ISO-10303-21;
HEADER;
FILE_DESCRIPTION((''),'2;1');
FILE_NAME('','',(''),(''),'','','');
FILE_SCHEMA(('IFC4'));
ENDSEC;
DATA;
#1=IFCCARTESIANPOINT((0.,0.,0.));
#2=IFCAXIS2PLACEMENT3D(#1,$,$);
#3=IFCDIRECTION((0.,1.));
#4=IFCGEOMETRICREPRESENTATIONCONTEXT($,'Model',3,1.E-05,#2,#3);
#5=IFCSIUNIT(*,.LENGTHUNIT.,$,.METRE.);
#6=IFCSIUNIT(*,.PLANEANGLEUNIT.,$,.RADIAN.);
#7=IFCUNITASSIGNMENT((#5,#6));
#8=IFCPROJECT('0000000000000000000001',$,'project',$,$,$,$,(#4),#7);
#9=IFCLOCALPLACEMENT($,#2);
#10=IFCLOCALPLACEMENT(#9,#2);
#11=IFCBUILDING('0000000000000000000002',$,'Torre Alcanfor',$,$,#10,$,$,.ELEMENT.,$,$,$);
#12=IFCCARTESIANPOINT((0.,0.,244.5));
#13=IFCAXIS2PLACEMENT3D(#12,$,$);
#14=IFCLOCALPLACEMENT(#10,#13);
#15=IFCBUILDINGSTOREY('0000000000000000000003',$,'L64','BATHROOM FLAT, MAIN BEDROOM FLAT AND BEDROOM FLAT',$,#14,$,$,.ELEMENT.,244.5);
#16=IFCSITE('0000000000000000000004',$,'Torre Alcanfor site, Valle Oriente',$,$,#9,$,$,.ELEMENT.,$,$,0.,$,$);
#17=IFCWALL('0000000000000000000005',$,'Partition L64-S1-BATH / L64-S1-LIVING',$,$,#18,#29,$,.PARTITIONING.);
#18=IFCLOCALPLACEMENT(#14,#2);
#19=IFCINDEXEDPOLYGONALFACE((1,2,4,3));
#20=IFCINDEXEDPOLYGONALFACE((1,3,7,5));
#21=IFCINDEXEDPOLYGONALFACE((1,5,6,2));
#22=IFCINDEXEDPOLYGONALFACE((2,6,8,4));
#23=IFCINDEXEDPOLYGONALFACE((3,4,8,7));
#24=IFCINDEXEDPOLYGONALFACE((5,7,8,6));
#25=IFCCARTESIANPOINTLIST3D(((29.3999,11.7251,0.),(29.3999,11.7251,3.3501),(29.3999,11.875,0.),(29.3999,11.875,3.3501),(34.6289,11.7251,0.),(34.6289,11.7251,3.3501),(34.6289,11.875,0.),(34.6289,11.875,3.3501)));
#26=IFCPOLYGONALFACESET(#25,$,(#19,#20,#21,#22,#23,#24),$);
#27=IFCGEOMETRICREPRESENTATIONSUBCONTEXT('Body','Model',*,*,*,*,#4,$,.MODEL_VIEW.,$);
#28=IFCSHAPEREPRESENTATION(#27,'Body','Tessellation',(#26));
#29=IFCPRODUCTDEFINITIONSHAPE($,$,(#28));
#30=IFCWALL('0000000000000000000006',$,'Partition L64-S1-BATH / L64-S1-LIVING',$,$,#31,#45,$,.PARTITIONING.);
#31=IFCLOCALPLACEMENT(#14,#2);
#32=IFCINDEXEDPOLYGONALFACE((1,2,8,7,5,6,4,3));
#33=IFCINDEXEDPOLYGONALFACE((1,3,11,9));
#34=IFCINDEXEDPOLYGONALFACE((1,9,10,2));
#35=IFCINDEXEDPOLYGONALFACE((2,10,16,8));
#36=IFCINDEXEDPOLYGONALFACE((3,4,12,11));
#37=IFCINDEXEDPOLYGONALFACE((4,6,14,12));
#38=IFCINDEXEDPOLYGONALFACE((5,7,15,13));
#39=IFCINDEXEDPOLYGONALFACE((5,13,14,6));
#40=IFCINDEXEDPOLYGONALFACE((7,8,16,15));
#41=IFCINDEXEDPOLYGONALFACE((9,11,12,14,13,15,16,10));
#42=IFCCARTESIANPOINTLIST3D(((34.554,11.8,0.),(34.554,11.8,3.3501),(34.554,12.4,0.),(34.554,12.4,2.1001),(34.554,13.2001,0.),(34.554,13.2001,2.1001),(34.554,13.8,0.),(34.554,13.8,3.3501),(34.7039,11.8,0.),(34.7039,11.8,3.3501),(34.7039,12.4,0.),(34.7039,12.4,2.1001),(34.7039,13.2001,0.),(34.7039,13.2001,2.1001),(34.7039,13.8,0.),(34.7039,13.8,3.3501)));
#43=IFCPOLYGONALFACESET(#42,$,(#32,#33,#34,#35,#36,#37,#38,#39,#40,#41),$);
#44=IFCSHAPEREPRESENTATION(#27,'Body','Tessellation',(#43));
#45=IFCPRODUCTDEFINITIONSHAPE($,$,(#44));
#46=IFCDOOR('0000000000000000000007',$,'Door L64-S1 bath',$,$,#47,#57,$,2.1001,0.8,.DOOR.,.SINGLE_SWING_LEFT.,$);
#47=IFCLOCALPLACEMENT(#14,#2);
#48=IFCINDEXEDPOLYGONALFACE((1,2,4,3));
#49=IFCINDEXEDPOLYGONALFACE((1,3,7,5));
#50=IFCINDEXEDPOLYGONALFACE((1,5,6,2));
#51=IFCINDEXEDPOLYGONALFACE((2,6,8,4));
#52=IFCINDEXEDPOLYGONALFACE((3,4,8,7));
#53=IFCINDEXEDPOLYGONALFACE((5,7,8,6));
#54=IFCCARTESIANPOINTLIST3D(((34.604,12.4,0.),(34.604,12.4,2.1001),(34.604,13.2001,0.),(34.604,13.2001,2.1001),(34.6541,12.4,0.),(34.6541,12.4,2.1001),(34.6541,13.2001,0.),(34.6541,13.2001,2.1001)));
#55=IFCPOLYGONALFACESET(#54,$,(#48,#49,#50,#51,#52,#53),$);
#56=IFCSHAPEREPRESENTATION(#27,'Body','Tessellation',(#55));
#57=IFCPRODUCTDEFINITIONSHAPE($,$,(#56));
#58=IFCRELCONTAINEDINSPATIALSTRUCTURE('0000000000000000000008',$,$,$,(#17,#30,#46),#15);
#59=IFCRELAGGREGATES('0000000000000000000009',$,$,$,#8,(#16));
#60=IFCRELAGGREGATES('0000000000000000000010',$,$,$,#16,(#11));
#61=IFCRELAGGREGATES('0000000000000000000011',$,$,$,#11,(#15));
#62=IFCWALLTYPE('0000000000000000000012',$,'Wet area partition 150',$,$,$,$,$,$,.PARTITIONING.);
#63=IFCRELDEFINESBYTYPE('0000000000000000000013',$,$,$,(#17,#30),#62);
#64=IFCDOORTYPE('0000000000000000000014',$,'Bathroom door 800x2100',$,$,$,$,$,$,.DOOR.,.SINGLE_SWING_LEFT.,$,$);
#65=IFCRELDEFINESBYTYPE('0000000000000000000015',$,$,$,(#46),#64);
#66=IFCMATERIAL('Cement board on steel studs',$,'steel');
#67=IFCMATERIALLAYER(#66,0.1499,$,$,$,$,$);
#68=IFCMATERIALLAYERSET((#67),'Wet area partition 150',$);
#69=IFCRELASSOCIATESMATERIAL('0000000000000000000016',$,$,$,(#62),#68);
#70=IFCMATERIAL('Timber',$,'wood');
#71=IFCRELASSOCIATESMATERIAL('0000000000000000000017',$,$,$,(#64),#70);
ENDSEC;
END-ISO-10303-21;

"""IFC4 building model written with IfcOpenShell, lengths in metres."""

from ifc_helpers import new_model, si_unit, direction, frame, frame_2d, origin, place, context, subcontext, project, spatial, rectangle, extrude, material, layer, layer_set, type_object, element, fill, save


model = new_model("IFC4")

# Units and contexts
model_context = context("Model", 3, precision=1e-05, world=origin(), true_north=direction((0.0, 1.0)))
body_context = subcontext(model_context, "Body", "Model", "MODEL_VIEW")
ifc_project = project(units=[si_unit("LENGTHUNIT", "METRE"), si_unit("PLANEANGLEUNIT", "RADIAN")], contexts=[model_context])

# Site, building, storey
site_placement = place(None, origin())
site = spatial("IfcSite", under=ifc_project, at=site_placement, Name="Torre Alcanfor site, Valle Oriente", CompositionType="ELEMENT", RefElevation=0.0)
building_placement = place(site_placement, origin())
building = spatial("IfcBuilding", under=site, at=building_placement, Name="Torre Alcanfor", CompositionType="ELEMENT")
storey_placement = place(building_placement, frame((0.0, 0.0, 244.5)))
storey = spatial("IfcBuildingStorey", under=building, at=storey_placement, Name="L64", Description="BATHROOM FLAT, MAIN BEDROOM FLAT AND BEDROOM FLAT", CompositionType="ELEMENT", Elevation=244.5)

# Wall
ifc_material_1 = material(Name="Cement board on steel studs", Category="steel")
ifc_layer_1 = layer(ifc_material_1, 0.1499)
ifc_layer_set_1 = layer_set([ifc_layer_1], Name="Wet area partition 150")
wall_type_1 = type_object("IfcWallType", Name="Wet area partition 150", PredefinedType="PARTITIONING", material=ifc_layer_set_1)
wall_1_placement = place(storey_placement, frame((29.3999, 11.8, 0.0), z_axis=(0.0, 0.0, 1.0), x_axis=(1.0, 0.0, 0.0)))
element("IfcWall", 1, at=wall_1_placement, inside=storey, type_object=wall_type_1, Name="Partition L64-S1-BATH / L64-S1-LIVING", PredefinedType="PARTITIONING", context=body_context, shape_type="SweptSolid", body=[
    extrude(rectangle(XDim=5.229, YDim=0.1499, at=frame_2d((2.6145, 0.0))), origin(), (0.0, 0.0, 1.0), 3.3501),
])

# Wall, opening, door
wall_2_placement = place(storey_placement, frame((34.6289, 11.8, 0.0), z_axis=(0.0, 0.0, 1.0), x_axis=(0.0, 1.0, 0.0)))
wall_2 = element("IfcWall", 2, at=wall_2_placement, inside=storey, type_object=wall_type_1, Name="Partition L64-S1-BATH / L64-S1-LIVING", PredefinedType="PARTITIONING", context=body_context, shape_type="SweptSolid", body=[
    extrude(rectangle(XDim=2.0, YDim=0.1499, at=frame_2d((1.0, 0.0))), origin(), (0.0, 0.0, 1.0), 3.3501),
])
opening_1_placement = place(wall_2_placement, frame((0.6001, 0.0, 0.0)))
opening_1 = element("IfcOpeningElement", 3, at=opening_1_placement, cuts=wall_2, PredefinedType="OPENING", context=body_context, shape_type="SweptSolid", body=[
    extrude(rectangle(XDim=0.8, YDim=2.1001, at=frame_2d((0.3999, 1.05))), frame((0.0, 0.085, 0.0), z_axis=(0.0, -1.0, 0.0), x_axis=(1.0, 0.0, 0.0)), (0.0, 0.0, 1.0), 0.1699),
])
ifc_material_2 = material(Name="Timber", Category="wood")
door_type_1 = type_object("IfcDoorType", Name="Bathroom door 800x2100", OperationType="SINGLE_SWING_LEFT", PredefinedType="DOOR", material=ifc_material_2)
door_1_placement = place(opening_1_placement, origin())
door_1 = element("IfcDoor", 4, at=door_1_placement, inside=storey, type_object=door_type_1, Name="Door L64-S1 bath", OperationType="SINGLE_SWING_LEFT", OverallHeight=2.1001, OverallWidth=0.8, PredefinedType="DOOR", context=body_context, shape_type="SweptSolid", body=[
    extrude(rectangle(XDim=0.8, YDim=2.1001, at=frame_2d((0.3999, 1.05))), frame((0.0, 0.0249, 0.0), z_axis=(0.0, -1.0, 0.0), x_axis=(1.0, 0.0, 0.0)), (0.0, 0.0, 1.0), 0.05),
])
fill(opening_1, door_1)

save(model, "model.ifc")
